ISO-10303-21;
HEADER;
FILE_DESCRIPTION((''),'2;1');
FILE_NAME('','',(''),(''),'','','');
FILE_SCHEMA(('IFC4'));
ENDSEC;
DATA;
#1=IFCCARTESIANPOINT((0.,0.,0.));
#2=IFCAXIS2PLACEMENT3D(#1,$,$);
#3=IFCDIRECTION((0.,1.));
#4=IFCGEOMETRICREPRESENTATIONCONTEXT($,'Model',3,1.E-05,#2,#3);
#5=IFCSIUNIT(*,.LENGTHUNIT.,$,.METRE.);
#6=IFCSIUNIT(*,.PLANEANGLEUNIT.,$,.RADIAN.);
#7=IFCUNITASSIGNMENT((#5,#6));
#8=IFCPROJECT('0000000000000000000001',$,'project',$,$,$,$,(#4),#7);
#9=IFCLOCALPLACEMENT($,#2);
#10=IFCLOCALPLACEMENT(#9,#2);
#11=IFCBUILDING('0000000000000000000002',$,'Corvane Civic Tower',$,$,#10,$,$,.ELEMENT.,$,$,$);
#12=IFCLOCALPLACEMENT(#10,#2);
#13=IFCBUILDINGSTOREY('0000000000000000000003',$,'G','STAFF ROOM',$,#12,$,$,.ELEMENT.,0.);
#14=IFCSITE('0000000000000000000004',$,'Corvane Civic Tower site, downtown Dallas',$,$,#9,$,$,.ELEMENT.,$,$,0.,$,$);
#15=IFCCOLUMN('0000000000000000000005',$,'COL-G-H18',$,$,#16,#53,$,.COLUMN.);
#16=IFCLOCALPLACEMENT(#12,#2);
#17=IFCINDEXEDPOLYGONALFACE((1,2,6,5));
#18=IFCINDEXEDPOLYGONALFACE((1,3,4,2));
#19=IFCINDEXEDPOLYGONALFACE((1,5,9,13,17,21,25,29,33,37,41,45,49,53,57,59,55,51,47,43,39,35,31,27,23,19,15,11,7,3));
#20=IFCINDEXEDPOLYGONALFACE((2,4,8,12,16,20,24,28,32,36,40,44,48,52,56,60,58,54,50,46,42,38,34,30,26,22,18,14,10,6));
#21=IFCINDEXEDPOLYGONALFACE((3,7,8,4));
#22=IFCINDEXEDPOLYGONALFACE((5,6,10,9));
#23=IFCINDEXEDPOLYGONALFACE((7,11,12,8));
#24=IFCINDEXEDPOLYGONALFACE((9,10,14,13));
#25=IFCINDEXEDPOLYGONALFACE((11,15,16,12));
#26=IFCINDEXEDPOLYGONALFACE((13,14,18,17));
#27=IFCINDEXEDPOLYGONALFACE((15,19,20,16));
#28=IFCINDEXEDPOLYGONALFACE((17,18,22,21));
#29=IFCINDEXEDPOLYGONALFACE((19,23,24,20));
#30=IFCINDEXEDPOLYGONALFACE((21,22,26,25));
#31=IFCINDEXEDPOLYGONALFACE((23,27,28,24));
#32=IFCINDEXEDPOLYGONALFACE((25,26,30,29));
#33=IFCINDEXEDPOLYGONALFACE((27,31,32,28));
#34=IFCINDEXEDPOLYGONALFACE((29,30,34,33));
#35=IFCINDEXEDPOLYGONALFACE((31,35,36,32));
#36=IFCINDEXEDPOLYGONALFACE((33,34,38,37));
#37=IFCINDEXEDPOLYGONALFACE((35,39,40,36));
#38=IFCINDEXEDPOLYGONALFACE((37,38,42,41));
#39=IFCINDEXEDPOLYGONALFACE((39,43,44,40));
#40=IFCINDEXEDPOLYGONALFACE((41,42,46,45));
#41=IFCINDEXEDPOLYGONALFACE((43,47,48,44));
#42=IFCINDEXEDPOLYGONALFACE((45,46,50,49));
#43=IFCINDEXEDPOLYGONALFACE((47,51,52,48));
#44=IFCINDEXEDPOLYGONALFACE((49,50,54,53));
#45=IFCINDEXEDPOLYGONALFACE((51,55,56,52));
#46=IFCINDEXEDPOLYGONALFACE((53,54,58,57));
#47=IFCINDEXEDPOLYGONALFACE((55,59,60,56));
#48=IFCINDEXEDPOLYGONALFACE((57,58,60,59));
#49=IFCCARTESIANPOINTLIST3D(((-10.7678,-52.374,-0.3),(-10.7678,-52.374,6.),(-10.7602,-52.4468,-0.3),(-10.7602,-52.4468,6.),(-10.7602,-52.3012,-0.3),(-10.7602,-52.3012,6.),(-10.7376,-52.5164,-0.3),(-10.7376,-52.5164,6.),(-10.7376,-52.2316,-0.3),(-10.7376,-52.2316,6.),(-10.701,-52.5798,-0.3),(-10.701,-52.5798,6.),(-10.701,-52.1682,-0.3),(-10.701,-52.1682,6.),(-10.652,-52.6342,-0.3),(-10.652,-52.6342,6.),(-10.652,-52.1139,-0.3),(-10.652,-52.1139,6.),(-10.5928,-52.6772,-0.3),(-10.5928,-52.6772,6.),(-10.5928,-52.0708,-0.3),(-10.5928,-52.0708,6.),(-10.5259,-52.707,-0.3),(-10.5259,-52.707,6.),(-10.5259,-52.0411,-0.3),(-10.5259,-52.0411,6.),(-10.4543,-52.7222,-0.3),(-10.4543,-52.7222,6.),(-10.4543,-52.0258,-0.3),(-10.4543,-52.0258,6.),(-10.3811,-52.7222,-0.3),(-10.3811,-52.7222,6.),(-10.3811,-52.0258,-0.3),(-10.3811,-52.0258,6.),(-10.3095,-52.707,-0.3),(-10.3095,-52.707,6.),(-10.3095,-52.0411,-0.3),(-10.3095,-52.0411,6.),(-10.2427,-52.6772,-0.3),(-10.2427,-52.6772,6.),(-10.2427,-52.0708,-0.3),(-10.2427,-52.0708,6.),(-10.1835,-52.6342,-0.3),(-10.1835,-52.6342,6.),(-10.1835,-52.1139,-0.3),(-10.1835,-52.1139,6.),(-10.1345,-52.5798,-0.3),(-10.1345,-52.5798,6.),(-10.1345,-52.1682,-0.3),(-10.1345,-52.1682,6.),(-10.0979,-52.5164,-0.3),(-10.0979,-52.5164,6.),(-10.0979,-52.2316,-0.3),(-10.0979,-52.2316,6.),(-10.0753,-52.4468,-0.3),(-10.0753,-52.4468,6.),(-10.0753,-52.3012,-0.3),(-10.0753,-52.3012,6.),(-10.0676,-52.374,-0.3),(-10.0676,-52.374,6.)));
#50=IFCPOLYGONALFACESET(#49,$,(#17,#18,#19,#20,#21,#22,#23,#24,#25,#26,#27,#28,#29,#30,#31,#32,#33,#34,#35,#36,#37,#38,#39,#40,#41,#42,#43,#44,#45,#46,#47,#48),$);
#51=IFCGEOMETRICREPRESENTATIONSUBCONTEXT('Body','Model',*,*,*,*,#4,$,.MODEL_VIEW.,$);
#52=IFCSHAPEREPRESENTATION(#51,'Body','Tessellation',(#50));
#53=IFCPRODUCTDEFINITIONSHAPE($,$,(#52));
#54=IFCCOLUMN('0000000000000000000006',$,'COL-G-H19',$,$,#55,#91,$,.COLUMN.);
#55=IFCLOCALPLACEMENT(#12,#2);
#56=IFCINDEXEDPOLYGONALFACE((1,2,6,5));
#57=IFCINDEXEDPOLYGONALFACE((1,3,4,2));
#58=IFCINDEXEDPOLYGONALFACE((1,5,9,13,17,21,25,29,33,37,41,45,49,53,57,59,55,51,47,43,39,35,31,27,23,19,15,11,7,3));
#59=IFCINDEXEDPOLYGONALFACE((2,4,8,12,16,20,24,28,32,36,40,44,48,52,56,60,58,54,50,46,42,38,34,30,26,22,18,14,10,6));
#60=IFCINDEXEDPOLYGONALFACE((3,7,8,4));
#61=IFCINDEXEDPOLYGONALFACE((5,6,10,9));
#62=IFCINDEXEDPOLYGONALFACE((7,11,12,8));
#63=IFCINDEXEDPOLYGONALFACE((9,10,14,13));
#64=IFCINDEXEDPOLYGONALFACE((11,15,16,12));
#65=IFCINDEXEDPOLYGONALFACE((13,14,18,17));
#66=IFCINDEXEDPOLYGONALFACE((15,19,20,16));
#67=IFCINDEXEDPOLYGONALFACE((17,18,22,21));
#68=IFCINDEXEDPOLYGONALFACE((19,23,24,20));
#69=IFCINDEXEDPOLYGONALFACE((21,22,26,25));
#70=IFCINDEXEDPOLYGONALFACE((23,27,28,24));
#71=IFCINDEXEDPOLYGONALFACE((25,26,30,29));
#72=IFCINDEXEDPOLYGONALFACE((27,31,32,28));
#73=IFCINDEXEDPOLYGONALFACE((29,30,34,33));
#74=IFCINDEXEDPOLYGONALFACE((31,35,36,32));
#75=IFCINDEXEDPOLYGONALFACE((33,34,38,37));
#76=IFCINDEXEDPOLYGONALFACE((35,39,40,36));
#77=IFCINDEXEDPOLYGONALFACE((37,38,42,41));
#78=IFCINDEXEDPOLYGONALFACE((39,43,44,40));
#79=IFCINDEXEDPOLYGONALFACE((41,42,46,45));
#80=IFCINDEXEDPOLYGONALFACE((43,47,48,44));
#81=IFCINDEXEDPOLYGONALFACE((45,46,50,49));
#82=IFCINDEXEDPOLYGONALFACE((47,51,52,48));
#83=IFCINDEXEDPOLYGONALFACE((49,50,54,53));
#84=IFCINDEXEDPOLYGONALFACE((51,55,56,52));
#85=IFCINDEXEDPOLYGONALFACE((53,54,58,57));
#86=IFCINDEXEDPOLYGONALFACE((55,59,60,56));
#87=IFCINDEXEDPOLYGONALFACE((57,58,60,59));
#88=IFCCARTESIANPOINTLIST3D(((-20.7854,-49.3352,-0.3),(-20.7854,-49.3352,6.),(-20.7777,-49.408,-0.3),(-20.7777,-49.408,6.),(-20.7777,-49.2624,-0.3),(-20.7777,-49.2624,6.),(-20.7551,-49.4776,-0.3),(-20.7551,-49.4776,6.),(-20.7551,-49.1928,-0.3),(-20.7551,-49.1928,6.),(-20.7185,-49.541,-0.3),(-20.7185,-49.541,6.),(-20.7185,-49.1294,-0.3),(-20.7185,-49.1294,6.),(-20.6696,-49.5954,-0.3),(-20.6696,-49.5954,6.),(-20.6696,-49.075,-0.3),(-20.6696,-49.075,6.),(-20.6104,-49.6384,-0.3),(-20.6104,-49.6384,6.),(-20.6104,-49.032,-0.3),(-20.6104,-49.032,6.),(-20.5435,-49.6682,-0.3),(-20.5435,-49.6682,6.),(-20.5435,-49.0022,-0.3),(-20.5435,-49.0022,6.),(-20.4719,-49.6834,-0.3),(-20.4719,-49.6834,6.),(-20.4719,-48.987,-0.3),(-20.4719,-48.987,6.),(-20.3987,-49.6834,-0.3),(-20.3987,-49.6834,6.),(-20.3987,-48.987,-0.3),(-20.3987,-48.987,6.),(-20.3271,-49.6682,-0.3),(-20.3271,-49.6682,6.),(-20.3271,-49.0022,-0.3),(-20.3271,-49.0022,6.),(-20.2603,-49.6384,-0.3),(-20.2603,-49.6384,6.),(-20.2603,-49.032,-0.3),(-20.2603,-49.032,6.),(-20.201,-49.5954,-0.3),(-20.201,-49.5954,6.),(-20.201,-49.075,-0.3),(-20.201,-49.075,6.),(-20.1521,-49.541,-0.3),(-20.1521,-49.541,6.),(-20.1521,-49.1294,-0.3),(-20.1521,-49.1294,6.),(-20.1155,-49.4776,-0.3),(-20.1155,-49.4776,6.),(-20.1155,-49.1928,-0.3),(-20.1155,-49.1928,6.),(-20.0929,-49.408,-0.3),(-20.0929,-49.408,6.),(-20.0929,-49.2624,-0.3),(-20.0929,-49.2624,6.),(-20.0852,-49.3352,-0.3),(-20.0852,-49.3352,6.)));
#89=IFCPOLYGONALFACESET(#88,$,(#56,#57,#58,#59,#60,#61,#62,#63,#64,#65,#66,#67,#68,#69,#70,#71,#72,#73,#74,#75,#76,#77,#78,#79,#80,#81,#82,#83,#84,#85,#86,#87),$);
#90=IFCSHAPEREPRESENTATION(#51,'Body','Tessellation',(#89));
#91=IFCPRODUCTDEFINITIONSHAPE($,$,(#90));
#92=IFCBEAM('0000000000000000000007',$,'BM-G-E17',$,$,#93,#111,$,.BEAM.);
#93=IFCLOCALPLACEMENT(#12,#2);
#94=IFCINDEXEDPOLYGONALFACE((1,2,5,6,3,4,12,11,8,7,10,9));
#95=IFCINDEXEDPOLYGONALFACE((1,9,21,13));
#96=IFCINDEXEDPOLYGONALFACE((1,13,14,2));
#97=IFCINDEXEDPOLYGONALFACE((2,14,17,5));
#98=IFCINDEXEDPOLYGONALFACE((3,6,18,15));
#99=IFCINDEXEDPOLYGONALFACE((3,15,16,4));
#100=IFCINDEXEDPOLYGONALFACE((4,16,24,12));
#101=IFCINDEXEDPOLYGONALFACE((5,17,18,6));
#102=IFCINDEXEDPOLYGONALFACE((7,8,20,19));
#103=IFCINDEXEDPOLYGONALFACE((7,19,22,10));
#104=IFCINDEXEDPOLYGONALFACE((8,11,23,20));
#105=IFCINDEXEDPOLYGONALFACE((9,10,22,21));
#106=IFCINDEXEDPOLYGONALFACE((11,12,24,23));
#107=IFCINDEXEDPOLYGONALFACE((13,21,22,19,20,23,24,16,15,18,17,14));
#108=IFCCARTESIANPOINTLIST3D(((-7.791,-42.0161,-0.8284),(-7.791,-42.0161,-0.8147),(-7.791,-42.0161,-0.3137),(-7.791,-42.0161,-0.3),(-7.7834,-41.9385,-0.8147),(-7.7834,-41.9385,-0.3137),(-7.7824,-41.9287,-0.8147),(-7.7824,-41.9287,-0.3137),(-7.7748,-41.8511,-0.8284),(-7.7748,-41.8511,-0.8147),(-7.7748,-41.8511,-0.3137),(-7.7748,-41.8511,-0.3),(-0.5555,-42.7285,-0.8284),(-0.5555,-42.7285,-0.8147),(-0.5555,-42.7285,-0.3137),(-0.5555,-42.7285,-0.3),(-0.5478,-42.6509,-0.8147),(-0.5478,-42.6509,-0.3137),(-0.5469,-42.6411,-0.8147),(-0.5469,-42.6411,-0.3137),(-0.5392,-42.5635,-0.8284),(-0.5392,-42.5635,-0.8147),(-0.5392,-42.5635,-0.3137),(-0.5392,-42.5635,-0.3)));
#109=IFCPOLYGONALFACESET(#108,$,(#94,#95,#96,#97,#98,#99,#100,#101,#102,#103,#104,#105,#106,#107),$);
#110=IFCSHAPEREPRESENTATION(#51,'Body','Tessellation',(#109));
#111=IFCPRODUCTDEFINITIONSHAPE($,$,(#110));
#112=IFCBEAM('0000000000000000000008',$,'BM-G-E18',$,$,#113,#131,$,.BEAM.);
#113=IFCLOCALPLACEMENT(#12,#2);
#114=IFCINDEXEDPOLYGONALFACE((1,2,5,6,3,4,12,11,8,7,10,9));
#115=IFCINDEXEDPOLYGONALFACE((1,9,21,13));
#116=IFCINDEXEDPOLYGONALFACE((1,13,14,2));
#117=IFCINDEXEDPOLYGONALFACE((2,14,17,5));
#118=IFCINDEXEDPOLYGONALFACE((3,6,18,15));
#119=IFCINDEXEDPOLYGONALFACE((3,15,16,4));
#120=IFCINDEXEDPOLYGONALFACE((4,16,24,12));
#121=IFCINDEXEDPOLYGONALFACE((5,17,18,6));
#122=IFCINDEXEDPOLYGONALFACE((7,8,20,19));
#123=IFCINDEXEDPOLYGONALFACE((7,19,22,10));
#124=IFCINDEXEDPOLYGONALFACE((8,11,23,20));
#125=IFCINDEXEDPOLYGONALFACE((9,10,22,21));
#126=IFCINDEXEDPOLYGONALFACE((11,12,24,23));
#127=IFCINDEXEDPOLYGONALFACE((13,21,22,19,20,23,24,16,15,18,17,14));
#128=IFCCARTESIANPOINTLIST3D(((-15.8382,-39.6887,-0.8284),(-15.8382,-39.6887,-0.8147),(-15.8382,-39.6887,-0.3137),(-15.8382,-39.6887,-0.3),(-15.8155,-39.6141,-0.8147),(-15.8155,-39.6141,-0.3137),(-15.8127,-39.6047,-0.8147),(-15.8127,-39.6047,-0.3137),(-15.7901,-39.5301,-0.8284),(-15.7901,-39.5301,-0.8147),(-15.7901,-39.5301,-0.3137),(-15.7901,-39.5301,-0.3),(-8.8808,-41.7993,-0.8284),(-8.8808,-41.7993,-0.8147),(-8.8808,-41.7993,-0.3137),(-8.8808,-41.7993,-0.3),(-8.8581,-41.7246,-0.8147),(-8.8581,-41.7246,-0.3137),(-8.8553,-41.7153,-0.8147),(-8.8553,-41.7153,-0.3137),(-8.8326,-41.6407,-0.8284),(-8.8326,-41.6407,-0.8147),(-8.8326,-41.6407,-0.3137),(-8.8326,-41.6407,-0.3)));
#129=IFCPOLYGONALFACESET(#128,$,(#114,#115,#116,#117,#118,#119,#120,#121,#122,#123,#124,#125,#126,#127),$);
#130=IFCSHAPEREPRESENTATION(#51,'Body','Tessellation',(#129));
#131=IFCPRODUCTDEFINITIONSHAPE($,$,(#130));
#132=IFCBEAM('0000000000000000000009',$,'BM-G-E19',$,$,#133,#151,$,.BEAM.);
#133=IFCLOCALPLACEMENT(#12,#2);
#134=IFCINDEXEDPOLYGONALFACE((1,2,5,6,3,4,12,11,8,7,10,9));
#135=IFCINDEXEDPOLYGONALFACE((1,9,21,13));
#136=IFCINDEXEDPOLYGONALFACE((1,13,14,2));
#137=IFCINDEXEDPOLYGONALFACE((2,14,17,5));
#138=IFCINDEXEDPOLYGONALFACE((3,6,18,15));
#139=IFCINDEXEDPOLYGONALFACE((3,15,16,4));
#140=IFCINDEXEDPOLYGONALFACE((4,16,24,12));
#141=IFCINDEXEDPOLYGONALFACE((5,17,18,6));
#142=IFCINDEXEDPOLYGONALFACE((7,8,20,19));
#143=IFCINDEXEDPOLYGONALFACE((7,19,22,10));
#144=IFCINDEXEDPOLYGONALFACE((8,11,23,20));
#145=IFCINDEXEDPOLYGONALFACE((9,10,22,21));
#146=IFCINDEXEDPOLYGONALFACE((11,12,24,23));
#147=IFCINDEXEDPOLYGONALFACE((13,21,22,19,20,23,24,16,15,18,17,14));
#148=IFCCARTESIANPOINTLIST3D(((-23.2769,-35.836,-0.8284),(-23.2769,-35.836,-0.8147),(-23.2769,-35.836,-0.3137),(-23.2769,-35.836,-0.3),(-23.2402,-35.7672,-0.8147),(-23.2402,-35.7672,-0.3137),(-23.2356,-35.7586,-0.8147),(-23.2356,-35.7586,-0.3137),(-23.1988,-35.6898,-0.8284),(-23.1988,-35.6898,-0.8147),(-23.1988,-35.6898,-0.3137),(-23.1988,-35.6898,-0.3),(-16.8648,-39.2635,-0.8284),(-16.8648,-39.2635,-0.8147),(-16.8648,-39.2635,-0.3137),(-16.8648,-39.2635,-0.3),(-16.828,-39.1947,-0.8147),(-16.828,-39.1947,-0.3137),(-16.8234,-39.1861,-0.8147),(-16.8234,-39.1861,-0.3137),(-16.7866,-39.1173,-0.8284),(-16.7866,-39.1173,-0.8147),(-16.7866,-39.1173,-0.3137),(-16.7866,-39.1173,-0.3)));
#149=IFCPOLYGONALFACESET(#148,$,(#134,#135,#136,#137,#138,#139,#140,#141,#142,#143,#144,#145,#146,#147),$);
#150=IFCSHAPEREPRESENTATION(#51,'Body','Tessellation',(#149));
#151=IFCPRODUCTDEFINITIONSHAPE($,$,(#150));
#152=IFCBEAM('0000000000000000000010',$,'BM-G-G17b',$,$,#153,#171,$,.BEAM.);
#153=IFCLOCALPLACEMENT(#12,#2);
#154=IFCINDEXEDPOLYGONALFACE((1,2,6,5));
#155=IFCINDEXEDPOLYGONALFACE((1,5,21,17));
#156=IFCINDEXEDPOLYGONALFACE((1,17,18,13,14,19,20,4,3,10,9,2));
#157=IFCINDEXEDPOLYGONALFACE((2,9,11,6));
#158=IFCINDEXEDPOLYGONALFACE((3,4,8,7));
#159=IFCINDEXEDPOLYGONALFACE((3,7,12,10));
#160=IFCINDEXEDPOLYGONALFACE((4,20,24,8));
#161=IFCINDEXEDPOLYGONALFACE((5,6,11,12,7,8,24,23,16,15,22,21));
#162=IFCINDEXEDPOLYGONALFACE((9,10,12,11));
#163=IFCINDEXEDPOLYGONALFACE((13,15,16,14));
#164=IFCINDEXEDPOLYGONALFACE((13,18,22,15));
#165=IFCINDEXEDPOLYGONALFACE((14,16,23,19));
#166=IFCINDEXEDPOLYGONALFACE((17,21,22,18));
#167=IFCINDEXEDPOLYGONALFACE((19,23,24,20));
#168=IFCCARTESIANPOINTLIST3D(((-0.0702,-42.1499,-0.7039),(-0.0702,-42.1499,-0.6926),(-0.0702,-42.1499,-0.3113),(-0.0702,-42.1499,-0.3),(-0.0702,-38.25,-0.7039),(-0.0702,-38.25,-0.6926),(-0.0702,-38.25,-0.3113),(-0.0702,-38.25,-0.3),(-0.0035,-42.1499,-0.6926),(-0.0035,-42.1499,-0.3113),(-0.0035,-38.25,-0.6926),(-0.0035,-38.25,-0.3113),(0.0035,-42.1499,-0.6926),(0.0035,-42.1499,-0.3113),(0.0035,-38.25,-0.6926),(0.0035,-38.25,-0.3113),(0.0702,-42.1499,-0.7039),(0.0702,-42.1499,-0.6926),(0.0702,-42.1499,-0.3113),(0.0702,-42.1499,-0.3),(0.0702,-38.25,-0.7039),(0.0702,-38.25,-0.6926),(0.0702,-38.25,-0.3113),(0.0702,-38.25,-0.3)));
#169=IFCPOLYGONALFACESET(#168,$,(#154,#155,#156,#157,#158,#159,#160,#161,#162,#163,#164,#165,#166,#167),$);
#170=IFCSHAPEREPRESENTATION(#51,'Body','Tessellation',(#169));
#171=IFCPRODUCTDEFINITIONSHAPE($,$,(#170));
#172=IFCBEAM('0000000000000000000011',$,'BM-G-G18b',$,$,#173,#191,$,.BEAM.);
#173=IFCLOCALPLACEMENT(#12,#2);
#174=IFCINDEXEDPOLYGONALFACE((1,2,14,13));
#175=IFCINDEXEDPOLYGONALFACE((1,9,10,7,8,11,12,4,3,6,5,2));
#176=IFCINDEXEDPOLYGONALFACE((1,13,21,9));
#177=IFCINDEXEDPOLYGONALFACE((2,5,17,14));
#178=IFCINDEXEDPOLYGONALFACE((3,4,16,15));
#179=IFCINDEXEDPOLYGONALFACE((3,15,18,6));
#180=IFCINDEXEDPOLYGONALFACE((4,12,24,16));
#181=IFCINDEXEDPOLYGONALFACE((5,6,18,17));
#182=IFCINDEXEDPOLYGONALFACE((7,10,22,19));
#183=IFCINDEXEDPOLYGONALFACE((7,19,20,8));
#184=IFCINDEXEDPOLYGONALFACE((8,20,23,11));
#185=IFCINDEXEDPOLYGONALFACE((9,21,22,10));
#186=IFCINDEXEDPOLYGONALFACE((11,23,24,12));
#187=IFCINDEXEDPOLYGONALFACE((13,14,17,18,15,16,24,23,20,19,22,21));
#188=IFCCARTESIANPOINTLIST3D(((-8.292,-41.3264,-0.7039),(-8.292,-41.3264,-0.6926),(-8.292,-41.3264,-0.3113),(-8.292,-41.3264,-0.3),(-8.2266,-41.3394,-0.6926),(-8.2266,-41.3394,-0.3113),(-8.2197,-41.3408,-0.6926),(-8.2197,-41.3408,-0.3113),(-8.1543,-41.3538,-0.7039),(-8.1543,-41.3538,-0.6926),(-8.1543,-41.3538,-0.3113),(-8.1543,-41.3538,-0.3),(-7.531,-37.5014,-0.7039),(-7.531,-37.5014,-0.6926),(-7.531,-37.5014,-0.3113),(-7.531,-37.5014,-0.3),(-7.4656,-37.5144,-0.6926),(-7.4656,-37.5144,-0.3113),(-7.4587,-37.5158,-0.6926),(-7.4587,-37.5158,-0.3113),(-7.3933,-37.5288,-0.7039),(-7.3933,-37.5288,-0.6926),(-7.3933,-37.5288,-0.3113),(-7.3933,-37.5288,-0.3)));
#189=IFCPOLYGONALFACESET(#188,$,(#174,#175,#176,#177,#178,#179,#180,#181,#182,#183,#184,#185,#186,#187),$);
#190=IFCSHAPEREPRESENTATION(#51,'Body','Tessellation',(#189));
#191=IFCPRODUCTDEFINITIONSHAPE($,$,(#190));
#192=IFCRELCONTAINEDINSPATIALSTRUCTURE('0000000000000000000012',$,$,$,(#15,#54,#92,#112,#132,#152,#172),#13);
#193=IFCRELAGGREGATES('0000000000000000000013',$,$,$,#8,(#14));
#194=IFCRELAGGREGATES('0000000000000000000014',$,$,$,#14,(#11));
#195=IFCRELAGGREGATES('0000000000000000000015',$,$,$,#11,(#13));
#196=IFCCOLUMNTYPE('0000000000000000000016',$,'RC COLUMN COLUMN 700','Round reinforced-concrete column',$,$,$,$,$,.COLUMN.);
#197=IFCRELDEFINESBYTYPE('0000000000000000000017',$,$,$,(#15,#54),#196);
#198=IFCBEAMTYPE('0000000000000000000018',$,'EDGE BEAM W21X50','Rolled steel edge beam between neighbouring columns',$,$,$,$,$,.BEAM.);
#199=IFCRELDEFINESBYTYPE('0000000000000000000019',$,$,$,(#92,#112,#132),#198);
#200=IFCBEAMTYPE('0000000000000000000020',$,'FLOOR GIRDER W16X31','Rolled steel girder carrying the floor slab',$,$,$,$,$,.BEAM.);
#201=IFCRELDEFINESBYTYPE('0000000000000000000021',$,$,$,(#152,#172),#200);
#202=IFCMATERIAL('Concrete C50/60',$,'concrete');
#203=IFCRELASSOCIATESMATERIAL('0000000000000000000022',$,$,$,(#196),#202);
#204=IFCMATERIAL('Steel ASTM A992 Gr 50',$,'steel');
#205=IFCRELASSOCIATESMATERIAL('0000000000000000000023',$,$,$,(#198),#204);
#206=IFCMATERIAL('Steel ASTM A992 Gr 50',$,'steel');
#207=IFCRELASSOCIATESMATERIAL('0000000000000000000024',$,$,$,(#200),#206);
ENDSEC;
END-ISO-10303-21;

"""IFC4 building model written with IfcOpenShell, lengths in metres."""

from ifc_helpers import new_model, si_unit, direction, frame, origin, origin_2d, place, context, subcontext, project, spatial, circle, i_section, extrude, material, material_profile, profile_set, type_object, element, save


model = new_model("IFC4")

# Units and contexts
model_context = context("Model", 3, precision=1e-05, world=origin(), true_north=direction((0.0, 1.0)))
body_context = subcontext(model_context, "Body", "Model", "MODEL_VIEW")
ifc_project = project(units=[si_unit("LENGTHUNIT", "METRE"), si_unit("PLANEANGLEUNIT", "RADIAN")], contexts=[model_context])

# Site, building, storey
site_placement = place(None, origin())
site = spatial("IfcSite", under=ifc_project, at=site_placement, Name="Corvane Civic Tower site, downtown Dallas", CompositionType="ELEMENT", RefElevation=0.0)
building_placement = place(site_placement, origin())
building = spatial("IfcBuilding", under=site, at=building_placement, Name="Corvane Civic Tower", CompositionType="ELEMENT")
storey_placement = place(building_placement, origin())
storey = spatial("IfcBuildingStorey", under=building, at=storey_placement, Name="G", Description="STAFF ROOM", CompositionType="ELEMENT", Elevation=0.0)

# Columns
ifc_material_1 = material(Name="Concrete C50/60", Category="concrete")
ifc_material_profile_1 = material_profile(ifc_material_1, circle(Radius=0.3501, at=origin_2d()), Name="COLUMN 700")
ifc_profile_set_1 = profile_set([ifc_material_profile_1], Name="Concrete C50/60")
column_type_1 = type_object("IfcColumnType", Name="RC COLUMN COLUMN 700", Description="Round reinforced-concrete column", PredefinedType="COLUMN", material=ifc_profile_set_1)
for number, where, z_axis, x_axis, name in (
    (1, (-10.4177, -52.374, -0.3), (0.0, 0.0, 1.0), (1.0, 0.0, 0.0), "COL-G-H18"),
    (2, (-20.4353, -49.3352, -0.3), (0.0, 0.0, 1.0), (1.0, 0.0, 0.0), "COL-G-H19"),
):
    element("IfcColumn", number, at=place(storey_placement, frame(where, z_axis=z_axis, x_axis=x_axis)), inside=storey, type_object=column_type_1, Name=name, PredefinedType="COLUMN", context=body_context, shape_type="SweptSolid", body=[
        extrude(circle(Radius=0.3501, at=origin_2d()), origin(), (0.0, 0.0, 1.0), 6.3),
    ])

# Beams
ifc_material_2 = material(Name="Steel ASTM A992 Gr 50", Category="steel")
ifc_material_profile_2 = material_profile(ifc_material_2, i_section(OverallWidth=0.1658, OverallDepth=0.5283, WebThickness=0.0098, FlangeThickness=0.0137, at=origin_2d()), Name="W21X50")
ifc_profile_set_2 = profile_set([ifc_material_profile_2], Name="Steel ASTM A992 Gr 50")
beam_type_1 = type_object("IfcBeamType", Name="EDGE BEAM W21X50", Description="Rolled steel edge beam between neighbouring columns", PredefinedType="BEAM", material=ifc_profile_set_2)
for number, where, z_axis, x_axis, name in (
    (3, (-0.5474, -42.646, -0.5642), (-0.995188, 0.097984, 0.0), (-0.097984, -0.995188, 0.0), "BM-G-E17"),
    (4, (-8.8567, -41.72, -0.5642), (-0.956938, 0.290292, 0.0), (-0.290292, -0.956938, 0.0), "BM-G-E18"),
):
    element("IfcBeam", number, at=place(storey_placement, frame(where, z_axis=z_axis, x_axis=x_axis)), inside=storey, type_object=beam_type_1, Name=name, PredefinedType="BEAM", context=body_context, shape_type="SweptSolid", body=[
        extrude(i_section(OverallWidth=0.1658, OverallDepth=0.5283, WebThickness=0.0098, FlangeThickness=0.0137, at=origin_2d()), origin(), (0.0, 0.0, 1.0), 7.2705),
    ])
beam_placement = place(storey_placement, frame((-16.8257, -39.1904, -0.5642), z_axis=(-0.881913, 0.471412, 0.0), x_axis=(-0.471412, -0.881913, 0.0)))
element("IfcBeam", 5, at=beam_placement, inside=storey, type_object=beam_type_1, Name="BM-G-E19", PredefinedType="BEAM", context=body_context, shape_type="SweptSolid", body=[
    extrude(i_section(OverallWidth=0.1658, OverallDepth=0.5283, WebThickness=0.0098, FlangeThickness=0.0137, at=origin_2d()), origin(), (0.0, 0.0, 1.0), 7.2708),
])
ifc_material_3 = material(Name="Steel ASTM A992 Gr 50", Category="steel")
ifc_material_profile_3 = material_profile(ifc_material_3, i_section(OverallWidth=0.1404, OverallDepth=0.4038, WebThickness=0.0071, FlangeThickness=0.0112, at=origin_2d()), Name="W16X31")
ifc_profile_set_3 = profile_set([ifc_material_profile_3], Name="Steel ASTM A992 Gr 50")
beam_type_2 = type_object("IfcBeamType", Name="FLOOR GIRDER W16X31", Description="Rolled steel girder carrying the floor slab", PredefinedType="BEAM", material=ifc_profile_set_3)
for number, where, z_axis, x_axis, name in (
    (6, (0.0, -38.25, -0.502), (0.0, -1.0, 0.0), (1.0, 0.0, 0.0), "BM-G-G17b"),
    (7, (-7.4622, -37.5151, -0.502), (-0.195129, -0.980778, 0.0), (0.980778, -0.195129, 0.0), "BM-G-G18b"),
):
    element("IfcBeam", number, at=place(storey_placement, frame(where, z_axis=z_axis, x_axis=x_axis)), inside=storey, type_object=beam_type_2, Name=name, PredefinedType="BEAM", context=body_context, shape_type="SweptSolid", body=[
        extrude(i_section(OverallWidth=0.1404, OverallDepth=0.4038, WebThickness=0.0071, FlangeThickness=0.0112, at=origin_2d()), origin(), (0.0, 0.0, 1.0), 3.8999),
    ])

save(model, "model.ifc")
